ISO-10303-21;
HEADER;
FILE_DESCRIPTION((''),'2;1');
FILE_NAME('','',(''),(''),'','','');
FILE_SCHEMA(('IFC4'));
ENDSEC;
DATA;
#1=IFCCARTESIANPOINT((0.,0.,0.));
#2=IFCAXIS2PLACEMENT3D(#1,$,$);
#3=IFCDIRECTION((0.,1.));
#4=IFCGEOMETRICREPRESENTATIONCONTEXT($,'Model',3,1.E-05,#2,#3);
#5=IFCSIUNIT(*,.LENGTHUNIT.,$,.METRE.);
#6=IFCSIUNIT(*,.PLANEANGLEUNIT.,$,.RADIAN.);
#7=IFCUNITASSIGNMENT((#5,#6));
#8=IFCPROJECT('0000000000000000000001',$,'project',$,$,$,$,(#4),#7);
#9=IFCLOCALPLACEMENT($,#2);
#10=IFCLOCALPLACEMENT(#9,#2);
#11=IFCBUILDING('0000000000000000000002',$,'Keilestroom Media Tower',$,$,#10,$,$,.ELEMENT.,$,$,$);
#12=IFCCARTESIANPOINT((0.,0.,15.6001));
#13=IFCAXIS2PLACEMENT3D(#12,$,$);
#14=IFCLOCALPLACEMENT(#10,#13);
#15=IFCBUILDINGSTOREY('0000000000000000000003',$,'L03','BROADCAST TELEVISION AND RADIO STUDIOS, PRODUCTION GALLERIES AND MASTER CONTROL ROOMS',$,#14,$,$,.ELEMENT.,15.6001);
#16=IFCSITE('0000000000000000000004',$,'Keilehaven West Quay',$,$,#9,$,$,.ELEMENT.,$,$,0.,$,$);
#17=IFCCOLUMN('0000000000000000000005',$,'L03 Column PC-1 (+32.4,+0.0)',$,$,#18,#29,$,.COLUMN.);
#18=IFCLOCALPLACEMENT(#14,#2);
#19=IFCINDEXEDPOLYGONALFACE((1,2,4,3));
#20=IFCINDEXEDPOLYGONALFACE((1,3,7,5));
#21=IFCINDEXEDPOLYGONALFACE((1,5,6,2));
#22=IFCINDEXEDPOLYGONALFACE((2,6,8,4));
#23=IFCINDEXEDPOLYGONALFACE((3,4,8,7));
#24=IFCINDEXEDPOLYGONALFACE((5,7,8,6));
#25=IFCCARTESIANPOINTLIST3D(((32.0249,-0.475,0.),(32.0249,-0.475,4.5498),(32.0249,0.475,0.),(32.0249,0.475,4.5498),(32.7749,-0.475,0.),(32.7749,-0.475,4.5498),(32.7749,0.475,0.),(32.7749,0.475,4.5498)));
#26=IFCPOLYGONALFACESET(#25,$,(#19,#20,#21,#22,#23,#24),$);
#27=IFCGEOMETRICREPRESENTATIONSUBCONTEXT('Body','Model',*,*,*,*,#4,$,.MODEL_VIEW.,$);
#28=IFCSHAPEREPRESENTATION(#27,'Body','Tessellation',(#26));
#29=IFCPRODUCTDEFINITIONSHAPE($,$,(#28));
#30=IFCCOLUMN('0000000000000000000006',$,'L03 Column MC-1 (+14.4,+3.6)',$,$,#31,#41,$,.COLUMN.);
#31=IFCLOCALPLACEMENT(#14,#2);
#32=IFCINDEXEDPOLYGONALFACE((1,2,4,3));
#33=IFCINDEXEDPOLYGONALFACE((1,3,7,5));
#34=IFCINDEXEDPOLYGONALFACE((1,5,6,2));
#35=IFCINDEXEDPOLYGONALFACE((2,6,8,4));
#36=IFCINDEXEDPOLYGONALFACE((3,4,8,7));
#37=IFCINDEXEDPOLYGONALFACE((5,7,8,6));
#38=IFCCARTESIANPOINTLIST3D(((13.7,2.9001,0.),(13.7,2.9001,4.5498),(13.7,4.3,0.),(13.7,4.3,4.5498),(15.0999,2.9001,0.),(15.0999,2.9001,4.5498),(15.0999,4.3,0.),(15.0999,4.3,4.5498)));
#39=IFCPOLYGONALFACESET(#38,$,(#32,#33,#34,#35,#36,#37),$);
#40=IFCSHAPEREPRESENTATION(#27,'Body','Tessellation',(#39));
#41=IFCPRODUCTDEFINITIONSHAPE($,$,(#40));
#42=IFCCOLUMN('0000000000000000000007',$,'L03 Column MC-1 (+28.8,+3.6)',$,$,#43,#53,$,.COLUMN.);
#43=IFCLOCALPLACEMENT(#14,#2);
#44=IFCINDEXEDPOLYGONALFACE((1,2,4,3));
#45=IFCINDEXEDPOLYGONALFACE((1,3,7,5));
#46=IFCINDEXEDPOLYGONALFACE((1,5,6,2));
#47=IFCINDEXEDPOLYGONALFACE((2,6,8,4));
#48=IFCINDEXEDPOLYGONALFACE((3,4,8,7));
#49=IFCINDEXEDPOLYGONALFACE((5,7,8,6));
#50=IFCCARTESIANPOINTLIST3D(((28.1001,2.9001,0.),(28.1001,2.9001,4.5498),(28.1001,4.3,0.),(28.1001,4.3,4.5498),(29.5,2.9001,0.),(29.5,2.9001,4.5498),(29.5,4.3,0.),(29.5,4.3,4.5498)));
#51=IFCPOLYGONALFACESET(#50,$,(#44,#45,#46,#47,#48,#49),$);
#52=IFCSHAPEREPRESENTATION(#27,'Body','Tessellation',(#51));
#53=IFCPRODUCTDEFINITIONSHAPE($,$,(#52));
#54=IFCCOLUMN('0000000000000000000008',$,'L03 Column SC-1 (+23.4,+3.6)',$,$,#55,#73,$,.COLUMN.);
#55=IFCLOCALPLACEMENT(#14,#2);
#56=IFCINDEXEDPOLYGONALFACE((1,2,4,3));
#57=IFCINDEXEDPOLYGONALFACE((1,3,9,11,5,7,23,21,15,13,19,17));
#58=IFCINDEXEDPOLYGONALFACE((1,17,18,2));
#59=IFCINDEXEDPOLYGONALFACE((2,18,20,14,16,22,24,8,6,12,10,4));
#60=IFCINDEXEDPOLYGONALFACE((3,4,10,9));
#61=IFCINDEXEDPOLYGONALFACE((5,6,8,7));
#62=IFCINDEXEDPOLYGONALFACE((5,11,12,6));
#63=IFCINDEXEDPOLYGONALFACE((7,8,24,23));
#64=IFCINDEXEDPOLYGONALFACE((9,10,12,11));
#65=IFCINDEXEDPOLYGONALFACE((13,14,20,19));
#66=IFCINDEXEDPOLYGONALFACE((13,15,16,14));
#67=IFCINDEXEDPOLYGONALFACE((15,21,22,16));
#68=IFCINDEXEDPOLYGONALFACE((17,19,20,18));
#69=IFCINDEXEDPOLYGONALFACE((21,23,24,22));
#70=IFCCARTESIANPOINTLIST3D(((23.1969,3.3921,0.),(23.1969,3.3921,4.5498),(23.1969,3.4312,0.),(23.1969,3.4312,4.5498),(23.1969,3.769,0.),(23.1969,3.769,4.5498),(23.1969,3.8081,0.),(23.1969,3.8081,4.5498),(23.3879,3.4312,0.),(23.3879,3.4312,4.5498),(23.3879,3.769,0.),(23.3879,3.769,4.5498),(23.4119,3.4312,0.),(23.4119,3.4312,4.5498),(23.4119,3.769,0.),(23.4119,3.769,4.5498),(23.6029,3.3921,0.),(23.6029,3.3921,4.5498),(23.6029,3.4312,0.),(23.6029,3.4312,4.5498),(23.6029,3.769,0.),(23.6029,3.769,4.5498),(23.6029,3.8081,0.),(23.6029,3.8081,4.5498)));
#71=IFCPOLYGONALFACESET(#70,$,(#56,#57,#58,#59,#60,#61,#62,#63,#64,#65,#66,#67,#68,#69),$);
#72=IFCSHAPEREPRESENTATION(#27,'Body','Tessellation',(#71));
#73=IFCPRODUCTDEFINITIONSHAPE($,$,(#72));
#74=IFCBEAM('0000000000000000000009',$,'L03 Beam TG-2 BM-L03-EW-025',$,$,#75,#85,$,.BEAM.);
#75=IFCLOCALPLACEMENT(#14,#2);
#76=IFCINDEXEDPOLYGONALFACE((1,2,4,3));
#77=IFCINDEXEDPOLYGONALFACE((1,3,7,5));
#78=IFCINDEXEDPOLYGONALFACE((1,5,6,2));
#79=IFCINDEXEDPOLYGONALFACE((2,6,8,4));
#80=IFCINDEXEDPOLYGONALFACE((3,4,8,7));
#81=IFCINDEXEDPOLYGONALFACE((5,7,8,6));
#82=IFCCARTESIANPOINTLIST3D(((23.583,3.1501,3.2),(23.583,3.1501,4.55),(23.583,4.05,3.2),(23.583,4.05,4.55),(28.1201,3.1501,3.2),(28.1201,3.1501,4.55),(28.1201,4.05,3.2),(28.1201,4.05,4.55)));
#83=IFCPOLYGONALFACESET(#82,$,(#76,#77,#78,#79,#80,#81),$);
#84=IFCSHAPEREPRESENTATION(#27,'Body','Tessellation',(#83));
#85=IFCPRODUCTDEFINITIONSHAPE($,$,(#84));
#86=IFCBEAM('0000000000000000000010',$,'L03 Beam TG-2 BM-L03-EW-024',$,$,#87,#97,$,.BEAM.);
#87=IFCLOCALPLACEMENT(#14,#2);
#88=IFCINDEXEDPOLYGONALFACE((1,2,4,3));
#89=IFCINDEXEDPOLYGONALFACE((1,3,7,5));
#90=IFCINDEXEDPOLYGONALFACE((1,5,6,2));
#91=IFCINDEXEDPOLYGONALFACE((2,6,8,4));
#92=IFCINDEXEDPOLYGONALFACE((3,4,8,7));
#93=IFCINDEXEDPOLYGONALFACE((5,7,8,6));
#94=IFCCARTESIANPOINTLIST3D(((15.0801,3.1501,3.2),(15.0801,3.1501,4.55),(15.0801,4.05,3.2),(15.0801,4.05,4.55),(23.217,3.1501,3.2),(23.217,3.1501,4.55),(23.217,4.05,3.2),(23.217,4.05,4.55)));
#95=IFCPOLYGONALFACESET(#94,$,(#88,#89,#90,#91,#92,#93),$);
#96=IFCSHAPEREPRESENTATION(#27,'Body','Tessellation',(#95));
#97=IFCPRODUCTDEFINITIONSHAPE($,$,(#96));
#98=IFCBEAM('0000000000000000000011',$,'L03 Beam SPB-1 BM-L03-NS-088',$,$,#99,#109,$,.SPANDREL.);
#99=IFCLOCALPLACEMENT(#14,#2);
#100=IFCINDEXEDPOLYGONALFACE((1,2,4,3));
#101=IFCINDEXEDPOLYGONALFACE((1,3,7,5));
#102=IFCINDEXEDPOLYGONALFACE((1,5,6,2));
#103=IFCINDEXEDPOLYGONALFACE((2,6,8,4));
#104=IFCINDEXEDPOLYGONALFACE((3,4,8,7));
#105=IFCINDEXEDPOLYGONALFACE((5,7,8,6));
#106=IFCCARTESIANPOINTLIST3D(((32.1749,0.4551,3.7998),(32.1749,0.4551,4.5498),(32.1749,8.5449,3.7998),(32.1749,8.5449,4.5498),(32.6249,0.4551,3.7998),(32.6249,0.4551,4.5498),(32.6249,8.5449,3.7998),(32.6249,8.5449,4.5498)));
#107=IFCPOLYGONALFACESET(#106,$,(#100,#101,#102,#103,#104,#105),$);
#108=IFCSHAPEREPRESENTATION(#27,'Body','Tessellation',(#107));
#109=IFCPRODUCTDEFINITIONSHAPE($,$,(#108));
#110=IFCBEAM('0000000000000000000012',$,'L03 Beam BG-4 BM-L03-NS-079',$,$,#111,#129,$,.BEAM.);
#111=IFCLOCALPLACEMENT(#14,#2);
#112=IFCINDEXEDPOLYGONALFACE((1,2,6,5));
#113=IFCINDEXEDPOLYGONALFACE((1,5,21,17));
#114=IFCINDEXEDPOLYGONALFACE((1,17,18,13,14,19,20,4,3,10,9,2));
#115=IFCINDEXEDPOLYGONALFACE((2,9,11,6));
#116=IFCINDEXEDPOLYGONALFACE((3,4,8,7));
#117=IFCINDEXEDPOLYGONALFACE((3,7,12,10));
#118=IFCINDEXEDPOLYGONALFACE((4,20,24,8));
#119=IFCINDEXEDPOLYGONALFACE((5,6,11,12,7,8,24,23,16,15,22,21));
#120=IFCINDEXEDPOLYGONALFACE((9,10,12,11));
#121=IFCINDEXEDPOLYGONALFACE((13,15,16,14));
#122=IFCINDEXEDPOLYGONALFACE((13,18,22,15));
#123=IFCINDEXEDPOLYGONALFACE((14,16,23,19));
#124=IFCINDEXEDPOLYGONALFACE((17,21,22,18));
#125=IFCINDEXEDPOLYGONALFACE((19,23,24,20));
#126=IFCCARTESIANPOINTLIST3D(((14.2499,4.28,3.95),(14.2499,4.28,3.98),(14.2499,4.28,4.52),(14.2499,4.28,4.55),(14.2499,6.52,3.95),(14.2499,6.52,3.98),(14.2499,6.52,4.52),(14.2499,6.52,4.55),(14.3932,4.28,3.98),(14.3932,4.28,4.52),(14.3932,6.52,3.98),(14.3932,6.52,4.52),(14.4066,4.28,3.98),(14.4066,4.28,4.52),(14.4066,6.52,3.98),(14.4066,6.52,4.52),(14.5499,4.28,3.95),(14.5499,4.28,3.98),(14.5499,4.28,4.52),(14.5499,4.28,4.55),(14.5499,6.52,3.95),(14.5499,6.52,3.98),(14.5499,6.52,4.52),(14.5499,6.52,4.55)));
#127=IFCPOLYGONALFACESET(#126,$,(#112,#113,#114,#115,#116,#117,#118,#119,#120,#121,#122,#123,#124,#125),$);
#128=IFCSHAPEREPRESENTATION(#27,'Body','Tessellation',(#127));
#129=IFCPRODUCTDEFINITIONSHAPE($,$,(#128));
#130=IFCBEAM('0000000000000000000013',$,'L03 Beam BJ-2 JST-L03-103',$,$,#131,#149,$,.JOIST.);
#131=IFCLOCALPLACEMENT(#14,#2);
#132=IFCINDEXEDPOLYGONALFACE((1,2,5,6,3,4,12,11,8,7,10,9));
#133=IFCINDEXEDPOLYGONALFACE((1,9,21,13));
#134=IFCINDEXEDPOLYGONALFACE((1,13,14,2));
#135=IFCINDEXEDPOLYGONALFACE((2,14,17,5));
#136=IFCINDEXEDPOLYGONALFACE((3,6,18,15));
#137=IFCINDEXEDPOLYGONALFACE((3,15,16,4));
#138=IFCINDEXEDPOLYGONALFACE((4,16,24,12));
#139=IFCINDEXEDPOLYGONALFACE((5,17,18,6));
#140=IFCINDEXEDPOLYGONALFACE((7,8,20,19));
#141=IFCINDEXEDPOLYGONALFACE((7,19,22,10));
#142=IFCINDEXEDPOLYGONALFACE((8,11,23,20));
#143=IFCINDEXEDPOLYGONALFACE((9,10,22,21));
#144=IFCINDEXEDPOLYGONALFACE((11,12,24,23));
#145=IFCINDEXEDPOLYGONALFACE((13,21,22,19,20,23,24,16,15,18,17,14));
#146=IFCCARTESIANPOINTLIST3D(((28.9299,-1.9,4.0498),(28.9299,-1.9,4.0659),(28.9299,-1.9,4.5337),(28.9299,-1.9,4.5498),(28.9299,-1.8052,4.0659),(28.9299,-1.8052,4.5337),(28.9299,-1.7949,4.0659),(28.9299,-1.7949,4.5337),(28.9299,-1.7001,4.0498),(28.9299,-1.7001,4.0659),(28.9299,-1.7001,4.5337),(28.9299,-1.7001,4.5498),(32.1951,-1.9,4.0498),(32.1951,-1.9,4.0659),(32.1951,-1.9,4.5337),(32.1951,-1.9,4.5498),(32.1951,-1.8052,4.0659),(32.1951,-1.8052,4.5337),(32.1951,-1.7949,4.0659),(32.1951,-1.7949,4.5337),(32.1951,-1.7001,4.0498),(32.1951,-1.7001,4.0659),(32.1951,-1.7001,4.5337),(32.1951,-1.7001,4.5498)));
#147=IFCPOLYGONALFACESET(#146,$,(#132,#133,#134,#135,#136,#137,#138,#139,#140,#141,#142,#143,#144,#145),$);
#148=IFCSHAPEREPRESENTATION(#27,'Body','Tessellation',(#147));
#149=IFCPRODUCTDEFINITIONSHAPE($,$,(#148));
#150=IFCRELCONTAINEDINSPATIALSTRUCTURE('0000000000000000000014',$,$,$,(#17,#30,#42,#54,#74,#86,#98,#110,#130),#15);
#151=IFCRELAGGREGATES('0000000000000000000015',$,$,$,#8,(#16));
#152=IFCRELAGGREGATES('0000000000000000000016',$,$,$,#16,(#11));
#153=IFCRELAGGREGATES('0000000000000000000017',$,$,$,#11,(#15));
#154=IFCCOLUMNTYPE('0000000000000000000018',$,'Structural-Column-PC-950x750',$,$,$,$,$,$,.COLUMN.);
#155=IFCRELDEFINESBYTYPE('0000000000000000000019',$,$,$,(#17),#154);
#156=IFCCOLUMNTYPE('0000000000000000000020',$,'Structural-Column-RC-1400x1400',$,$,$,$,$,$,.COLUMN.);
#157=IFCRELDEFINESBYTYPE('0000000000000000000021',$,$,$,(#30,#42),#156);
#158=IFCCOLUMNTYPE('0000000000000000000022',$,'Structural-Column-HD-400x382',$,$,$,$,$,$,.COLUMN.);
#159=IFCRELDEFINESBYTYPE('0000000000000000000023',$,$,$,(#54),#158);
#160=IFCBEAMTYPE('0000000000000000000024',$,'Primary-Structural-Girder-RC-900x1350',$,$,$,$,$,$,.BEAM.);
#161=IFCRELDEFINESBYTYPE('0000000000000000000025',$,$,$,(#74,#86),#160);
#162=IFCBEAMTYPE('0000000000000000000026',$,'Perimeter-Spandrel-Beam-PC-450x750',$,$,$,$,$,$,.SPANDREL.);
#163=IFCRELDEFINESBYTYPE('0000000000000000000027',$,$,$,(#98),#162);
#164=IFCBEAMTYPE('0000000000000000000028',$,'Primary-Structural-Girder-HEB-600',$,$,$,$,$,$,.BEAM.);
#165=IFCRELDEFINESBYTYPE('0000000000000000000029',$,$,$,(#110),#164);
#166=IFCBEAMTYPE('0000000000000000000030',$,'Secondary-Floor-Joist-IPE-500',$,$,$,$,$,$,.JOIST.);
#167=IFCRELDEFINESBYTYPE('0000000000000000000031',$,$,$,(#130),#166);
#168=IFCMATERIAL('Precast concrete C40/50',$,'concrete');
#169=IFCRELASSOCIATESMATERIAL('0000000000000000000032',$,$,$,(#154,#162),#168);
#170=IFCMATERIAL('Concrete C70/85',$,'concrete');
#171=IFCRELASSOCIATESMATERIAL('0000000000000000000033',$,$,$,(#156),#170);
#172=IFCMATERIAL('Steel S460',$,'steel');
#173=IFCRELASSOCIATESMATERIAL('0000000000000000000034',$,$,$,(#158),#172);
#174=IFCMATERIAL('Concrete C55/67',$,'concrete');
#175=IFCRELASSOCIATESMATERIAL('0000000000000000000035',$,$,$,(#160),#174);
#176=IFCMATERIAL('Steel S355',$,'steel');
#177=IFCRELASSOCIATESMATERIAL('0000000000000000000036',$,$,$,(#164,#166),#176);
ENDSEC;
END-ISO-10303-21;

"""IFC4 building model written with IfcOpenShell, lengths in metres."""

from ifc_helpers import new_model, si_unit, direction, frame, origin, origin_2d, place, context, subcontext, project, spatial, rectangle, i_section, extrude, source, transform, mapped, material, material_profile, profile_set, type_object, element, save


model = new_model("IFC4")

# Units and contexts
model_context = context("Model", 3, precision=1e-05, world=origin(), true_north=direction((0.0, 1.0)))
body_context = subcontext(model_context, "Body", "Model", "MODEL_VIEW")
ifc_project = project(units=[si_unit("LENGTHUNIT", "METRE"), si_unit("PLANEANGLEUNIT", "RADIAN")], contexts=[model_context])

# Site, building, storey
site_placement = place(None, origin())
site = spatial("IfcSite", under=ifc_project, at=site_placement, Name="Keilehaven West Quay", CompositionType="ELEMENT", RefElevation=0.0)
building_placement = place(site_placement, origin())
building = spatial("IfcBuilding", under=site, at=building_placement, Name="Keilestroom Media Tower", CompositionType="ELEMENT")
storey_placement = place(building_placement, frame((0.0, 0.0, 15.6001)))
storey = spatial("IfcBuildingStorey", under=building, at=storey_placement, Name="L03", Description="BROADCAST TELEVISION AND RADIO STUDIOS, PRODUCTION GALLERIES AND MASTER CONTROL ROOMS", CompositionType="ELEMENT", Elevation=15.6001)

# Columns
ifc_material_1 = material(Name="Precast concrete C40/50", Category="concrete")
ifc_material_profile_1 = material_profile(ifc_material_1, rectangle(XDim=0.75, YDim=0.95, at=origin_2d()), Name="PC 950x750")
ifc_profile_set_1 = profile_set([ifc_material_profile_1], Name="Precast concrete C40/50")
column_type_1 = type_object("IfcColumnType", Name="Structural-Column-PC-950x750", PredefinedType="COLUMN", material=ifc_profile_set_1)
shared_shape_1 = source(origin(), body_context, "Body", "SweptSolid", [
    extrude(rectangle(XDim=0.75, YDim=0.95, at=origin_2d()), origin(), (0.0, 0.0, 1.0), 4.5498),
])
column_1_placement = place(storey_placement, frame((32.3999, 0.0, 0.0), z_axis=(0.0, 0.0, 1.0), x_axis=(1.0, 0.0, 0.0)))
element("IfcColumn", 1, at=column_1_placement, inside=storey, type_object=column_type_1, Name="L03 Column PC-1 (+32.4,+0.0)", PredefinedType="COLUMN", context=body_context, shape_type="MappedRepresentation", body=[
    mapped(shared_shape_1, transform((0.0, 0.0, 0.0), x_axis=(1.0, 0.0, 0.0), y_axis=(0.0, 1.0, 0.0), z_axis=(0.0, 0.0, 1.0), scale=1.0)),
])
ifc_material_2 = material(Name="Concrete C70/85", Category="concrete")
ifc_material_profile_2 = material_profile(ifc_material_2, rectangle(XDim=1.3999, YDim=1.3999, at=origin_2d()), Name="RC 1400x1400")
ifc_profile_set_2 = profile_set([ifc_material_profile_2], Name="Concrete C70/85")
column_type_2 = type_object("IfcColumnType", Name="Structural-Column-RC-1400x1400", PredefinedType="COLUMN", material=ifc_profile_set_2)
shared_shape_2 = source(origin(), body_context, "Body", "SweptSolid", [
    extrude(rectangle(XDim=1.3999, YDim=1.3999, at=origin_2d()), origin(), (0.0, 0.0, 1.0), 4.5498),
])
for number, where, z_axis, x_axis, name in (
    (2, (14.3999, 3.6001, 0.0), (0.0, 0.0, 1.0), (1.0, 0.0, 0.0), "L03 Column MC-1 (+14.4,+3.6)"),
    (3, (28.8, 3.6001, 0.0), (0.0, 0.0, 1.0), (1.0, 0.0, 0.0), "L03 Column MC-1 (+28.8,+3.6)"),
):
    element("IfcColumn", number, at=place(storey_placement, frame(where, z_axis=z_axis, x_axis=x_axis)), inside=storey, type_object=column_type_2, Name=name, PredefinedType="COLUMN", context=body_context, shape_type="MappedRepresentation", body=[
        mapped(shared_shape_2, transform((0.0, 0.0, 0.0), x_axis=(1.0, 0.0, 0.0), y_axis=(0.0, 1.0, 0.0), z_axis=(0.0, 0.0, 1.0), scale=1.0)),
    ])
ifc_material_3 = material(Name="Steel S460", Category="steel")
ifc_material_profile_3 = material_profile(ifc_material_3, i_section(OverallWidth=0.406, OverallDepth=0.416, WebThickness=0.0239, FlangeThickness=0.0391, at=origin_2d()), Name="HD 400x382")
ifc_profile_set_3 = profile_set([ifc_material_profile_3], Name="Steel S460")
column_type_3 = type_object("IfcColumnType", Name="Structural-Column-HD-400x382", PredefinedType="COLUMN", material=ifc_profile_set_3)
shared_shape_3 = source(origin(), body_context, "Body", "SweptSolid", [
    extrude(i_section(OverallWidth=0.406, OverallDepth=0.416, WebThickness=0.0239, FlangeThickness=0.0391, at=origin_2d()), origin(), (0.0, 0.0, 1.0), 4.5498),
])
column_2_placement = place(storey_placement, frame((23.3999, 3.6001, 0.0), z_axis=(0.0, 0.0, 1.0), x_axis=(1.0, 0.0, 0.0)))
element("IfcColumn", 4, at=column_2_placement, inside=storey, type_object=column_type_3, Name="L03 Column SC-1 (+23.4,+3.6)", PredefinedType="COLUMN", context=body_context, shape_type="MappedRepresentation", body=[
    mapped(shared_shape_3, transform((0.0, 0.0, 0.0), x_axis=(1.0, 0.0, 0.0), y_axis=(0.0, 1.0, 0.0), z_axis=(0.0, 0.0, 1.0), scale=1.0)),
])

# Beams
ifc_material_4 = material(Name="Concrete C55/67", Category="concrete")
ifc_material_profile_4 = material_profile(ifc_material_4, rectangle(XDim=0.8999, YDim=1.3501, at=origin_2d()), Name="RC 900x1350")
ifc_profile_set_4 = profile_set([ifc_material_profile_4], Name="Concrete C55/67")
beam_type_1 = type_object("IfcBeamType", Name="Primary-Structural-Girder-RC-900x1350", PredefinedType="BEAM", material=ifc_profile_set_4)
shared_shape_4 = source(origin(), body_context, "Body", "SweptSolid", [
    extrude(rectangle(XDim=0.8999, YDim=1.3501, at=origin_2d()), origin(), (0.0, 0.0, 1.0), 4.5371),
])
beam_1_placement = place(storey_placement, frame((23.583, 3.6001, 3.875), z_axis=(1.0, 0.0, 0.0), x_axis=(0.0, 1.0, 0.0)))
element("IfcBeam", 5, at=beam_1_placement, inside=storey, type_object=beam_type_1, Name="L03 Beam TG-2 BM-L03-EW-025", PredefinedType="BEAM", context=body_context, shape_type="MappedRepresentation", body=[
    mapped(shared_shape_4, transform((0.0, 0.0, 0.0), x_axis=(1.0, 0.0, 0.0), y_axis=(0.0, 1.0, 0.0), z_axis=(0.0, 0.0, 1.0), scale=1.0)),
])
shared_shape_5 = source(origin(), body_context, "Body", "SweptSolid", [
    extrude(rectangle(XDim=0.8999, YDim=1.3501, at=origin_2d()), origin(), (0.0, 0.0, 1.0), 8.137),
])
beam_2_placement = place(storey_placement, frame((15.0801, 3.6001, 3.875), z_axis=(1.0, 0.0, 0.0), x_axis=(0.0, 1.0, 0.0)))
element("IfcBeam", 6, at=beam_2_placement, inside=storey, type_object=beam_type_1, Name="L03 Beam TG-2 BM-L03-EW-024", PredefinedType="BEAM", context=body_context, shape_type="MappedRepresentation", body=[
    mapped(shared_shape_5, transform((0.0, 0.0, 0.0), x_axis=(1.0, 0.0, 0.0), y_axis=(0.0, 1.0, 0.0), z_axis=(0.0, 0.0, 1.0), scale=1.0)),
])
ifc_material_profile_5 = material_profile(ifc_material_1, rectangle(XDim=0.45, YDim=0.75, at=origin_2d()), Name="PC 450x750")
ifc_profile_set_5 = profile_set([ifc_material_profile_5], Name="Precast concrete C40/50")
beam_type_2 = type_object("IfcBeamType", Name="Perimeter-Spandrel-Beam-PC-450x750", PredefinedType="SPANDREL", material=ifc_profile_set_5)
shared_shape_6 = source(origin(), body_context, "Body", "SweptSolid", [
    extrude(rectangle(XDim=0.45, YDim=0.75, at=origin_2d()), origin(), (0.0, 0.0, 1.0), 8.0898),
])
beam_3_placement = place(storey_placement, frame((32.3999, 0.4551, 4.1748), z_axis=(0.0, 1.0, 0.0), x_axis=(-1.0, 0.0, 0.0)))
element("IfcBeam", 7, at=beam_3_placement, inside=storey, type_object=beam_type_2, Name="L03 Beam SPB-1 BM-L03-NS-088", PredefinedType="SPANDREL", context=body_context, shape_type="MappedRepresentation", body=[
    mapped(shared_shape_6, transform((0.0, 0.0, 0.0), x_axis=(1.0, 0.0, 0.0), y_axis=(0.0, 1.0, 0.0), z_axis=(0.0, 0.0, 1.0), scale=1.0)),
])
ifc_material_5 = material(Name="Steel S355", Category="steel")
ifc_material_profile_6 = material_profile(ifc_material_5, i_section(OverallWidth=0.3, OverallDepth=0.6001, WebThickness=0.0134, FlangeThickness=0.03, at=origin_2d()), Name="HEB 600")
ifc_profile_set_6 = profile_set([ifc_material_profile_6], Name="Steel S355")
beam_type_3 = type_object("IfcBeamType", Name="Primary-Structural-Girder-HEB-600", PredefinedType="BEAM", material=ifc_profile_set_6)
shared_shape_7 = source(origin(), body_context, "Body", "SweptSolid", [
    extrude(i_section(OverallWidth=0.3, OverallDepth=0.6001, WebThickness=0.0134, FlangeThickness=0.03, at=origin_2d()), origin(), (0.0, 0.0, 1.0), 2.24),
])
beam_4_placement = place(storey_placement, frame((14.3999, 4.28, 4.25), z_axis=(0.0, 1.0, 0.0), x_axis=(-1.0, 0.0, 0.0)))
element("IfcBeam", 8, at=beam_4_placement, inside=storey, type_object=beam_type_3, Name="L03 Beam BG-4 BM-L03-NS-079", PredefinedType="BEAM", context=body_context, shape_type="MappedRepresentation", body=[
    mapped(shared_shape_7, transform((0.0, 0.0, 0.0), x_axis=(1.0, 0.0, 0.0), y_axis=(0.0, 1.0, 0.0), z_axis=(0.0, 0.0, 1.0), scale=1.0)),
])
ifc_material_profile_7 = material_profile(ifc_material_5, i_section(OverallWidth=0.2, OverallDepth=0.5, WebThickness=0.0103, FlangeThickness=0.0161, at=origin_2d()), Name="IPE 500")
ifc_profile_set_7 = profile_set([ifc_material_profile_7], Name="Steel S355")
beam_type_4 = type_object("IfcBeamType", Name="Secondary-Floor-Joist-IPE-500", PredefinedType="JOIST", material=ifc_profile_set_7)
shared_shape_8 = source(origin(), body_context, "Body", "SweptSolid", [
    extrude(i_section(OverallWidth=0.2, OverallDepth=0.5, WebThickness=0.0103, FlangeThickness=0.0161, at=origin_2d()), origin(), (0.0, 0.0, 1.0), 3.2651),
])
for number, where, z_axis, x_axis, name in (
    (9, (28.9299, -1.8, 4.2998), (1.0, 0.0, 0.0), (0.0, 1.0, 0.0), "L03 Beam BJ-2 JST-L03-103"),
):
    element("IfcBeam", number, at=place(storey_placement, frame(where, z_axis=z_axis, x_axis=x_axis)), inside=storey, type_object=beam_type_4, Name=name, PredefinedType="JOIST", context=body_context, shape_type="MappedRepresentation", body=[
        mapped(shared_shape_8, transform((0.0, 0.0, 0.0), x_axis=(1.0, 0.0, 0.0), y_axis=(0.0, 1.0, 0.0), z_axis=(0.0, 0.0, 1.0), scale=1.0)),
    ])

save(model, "model.ifc")
